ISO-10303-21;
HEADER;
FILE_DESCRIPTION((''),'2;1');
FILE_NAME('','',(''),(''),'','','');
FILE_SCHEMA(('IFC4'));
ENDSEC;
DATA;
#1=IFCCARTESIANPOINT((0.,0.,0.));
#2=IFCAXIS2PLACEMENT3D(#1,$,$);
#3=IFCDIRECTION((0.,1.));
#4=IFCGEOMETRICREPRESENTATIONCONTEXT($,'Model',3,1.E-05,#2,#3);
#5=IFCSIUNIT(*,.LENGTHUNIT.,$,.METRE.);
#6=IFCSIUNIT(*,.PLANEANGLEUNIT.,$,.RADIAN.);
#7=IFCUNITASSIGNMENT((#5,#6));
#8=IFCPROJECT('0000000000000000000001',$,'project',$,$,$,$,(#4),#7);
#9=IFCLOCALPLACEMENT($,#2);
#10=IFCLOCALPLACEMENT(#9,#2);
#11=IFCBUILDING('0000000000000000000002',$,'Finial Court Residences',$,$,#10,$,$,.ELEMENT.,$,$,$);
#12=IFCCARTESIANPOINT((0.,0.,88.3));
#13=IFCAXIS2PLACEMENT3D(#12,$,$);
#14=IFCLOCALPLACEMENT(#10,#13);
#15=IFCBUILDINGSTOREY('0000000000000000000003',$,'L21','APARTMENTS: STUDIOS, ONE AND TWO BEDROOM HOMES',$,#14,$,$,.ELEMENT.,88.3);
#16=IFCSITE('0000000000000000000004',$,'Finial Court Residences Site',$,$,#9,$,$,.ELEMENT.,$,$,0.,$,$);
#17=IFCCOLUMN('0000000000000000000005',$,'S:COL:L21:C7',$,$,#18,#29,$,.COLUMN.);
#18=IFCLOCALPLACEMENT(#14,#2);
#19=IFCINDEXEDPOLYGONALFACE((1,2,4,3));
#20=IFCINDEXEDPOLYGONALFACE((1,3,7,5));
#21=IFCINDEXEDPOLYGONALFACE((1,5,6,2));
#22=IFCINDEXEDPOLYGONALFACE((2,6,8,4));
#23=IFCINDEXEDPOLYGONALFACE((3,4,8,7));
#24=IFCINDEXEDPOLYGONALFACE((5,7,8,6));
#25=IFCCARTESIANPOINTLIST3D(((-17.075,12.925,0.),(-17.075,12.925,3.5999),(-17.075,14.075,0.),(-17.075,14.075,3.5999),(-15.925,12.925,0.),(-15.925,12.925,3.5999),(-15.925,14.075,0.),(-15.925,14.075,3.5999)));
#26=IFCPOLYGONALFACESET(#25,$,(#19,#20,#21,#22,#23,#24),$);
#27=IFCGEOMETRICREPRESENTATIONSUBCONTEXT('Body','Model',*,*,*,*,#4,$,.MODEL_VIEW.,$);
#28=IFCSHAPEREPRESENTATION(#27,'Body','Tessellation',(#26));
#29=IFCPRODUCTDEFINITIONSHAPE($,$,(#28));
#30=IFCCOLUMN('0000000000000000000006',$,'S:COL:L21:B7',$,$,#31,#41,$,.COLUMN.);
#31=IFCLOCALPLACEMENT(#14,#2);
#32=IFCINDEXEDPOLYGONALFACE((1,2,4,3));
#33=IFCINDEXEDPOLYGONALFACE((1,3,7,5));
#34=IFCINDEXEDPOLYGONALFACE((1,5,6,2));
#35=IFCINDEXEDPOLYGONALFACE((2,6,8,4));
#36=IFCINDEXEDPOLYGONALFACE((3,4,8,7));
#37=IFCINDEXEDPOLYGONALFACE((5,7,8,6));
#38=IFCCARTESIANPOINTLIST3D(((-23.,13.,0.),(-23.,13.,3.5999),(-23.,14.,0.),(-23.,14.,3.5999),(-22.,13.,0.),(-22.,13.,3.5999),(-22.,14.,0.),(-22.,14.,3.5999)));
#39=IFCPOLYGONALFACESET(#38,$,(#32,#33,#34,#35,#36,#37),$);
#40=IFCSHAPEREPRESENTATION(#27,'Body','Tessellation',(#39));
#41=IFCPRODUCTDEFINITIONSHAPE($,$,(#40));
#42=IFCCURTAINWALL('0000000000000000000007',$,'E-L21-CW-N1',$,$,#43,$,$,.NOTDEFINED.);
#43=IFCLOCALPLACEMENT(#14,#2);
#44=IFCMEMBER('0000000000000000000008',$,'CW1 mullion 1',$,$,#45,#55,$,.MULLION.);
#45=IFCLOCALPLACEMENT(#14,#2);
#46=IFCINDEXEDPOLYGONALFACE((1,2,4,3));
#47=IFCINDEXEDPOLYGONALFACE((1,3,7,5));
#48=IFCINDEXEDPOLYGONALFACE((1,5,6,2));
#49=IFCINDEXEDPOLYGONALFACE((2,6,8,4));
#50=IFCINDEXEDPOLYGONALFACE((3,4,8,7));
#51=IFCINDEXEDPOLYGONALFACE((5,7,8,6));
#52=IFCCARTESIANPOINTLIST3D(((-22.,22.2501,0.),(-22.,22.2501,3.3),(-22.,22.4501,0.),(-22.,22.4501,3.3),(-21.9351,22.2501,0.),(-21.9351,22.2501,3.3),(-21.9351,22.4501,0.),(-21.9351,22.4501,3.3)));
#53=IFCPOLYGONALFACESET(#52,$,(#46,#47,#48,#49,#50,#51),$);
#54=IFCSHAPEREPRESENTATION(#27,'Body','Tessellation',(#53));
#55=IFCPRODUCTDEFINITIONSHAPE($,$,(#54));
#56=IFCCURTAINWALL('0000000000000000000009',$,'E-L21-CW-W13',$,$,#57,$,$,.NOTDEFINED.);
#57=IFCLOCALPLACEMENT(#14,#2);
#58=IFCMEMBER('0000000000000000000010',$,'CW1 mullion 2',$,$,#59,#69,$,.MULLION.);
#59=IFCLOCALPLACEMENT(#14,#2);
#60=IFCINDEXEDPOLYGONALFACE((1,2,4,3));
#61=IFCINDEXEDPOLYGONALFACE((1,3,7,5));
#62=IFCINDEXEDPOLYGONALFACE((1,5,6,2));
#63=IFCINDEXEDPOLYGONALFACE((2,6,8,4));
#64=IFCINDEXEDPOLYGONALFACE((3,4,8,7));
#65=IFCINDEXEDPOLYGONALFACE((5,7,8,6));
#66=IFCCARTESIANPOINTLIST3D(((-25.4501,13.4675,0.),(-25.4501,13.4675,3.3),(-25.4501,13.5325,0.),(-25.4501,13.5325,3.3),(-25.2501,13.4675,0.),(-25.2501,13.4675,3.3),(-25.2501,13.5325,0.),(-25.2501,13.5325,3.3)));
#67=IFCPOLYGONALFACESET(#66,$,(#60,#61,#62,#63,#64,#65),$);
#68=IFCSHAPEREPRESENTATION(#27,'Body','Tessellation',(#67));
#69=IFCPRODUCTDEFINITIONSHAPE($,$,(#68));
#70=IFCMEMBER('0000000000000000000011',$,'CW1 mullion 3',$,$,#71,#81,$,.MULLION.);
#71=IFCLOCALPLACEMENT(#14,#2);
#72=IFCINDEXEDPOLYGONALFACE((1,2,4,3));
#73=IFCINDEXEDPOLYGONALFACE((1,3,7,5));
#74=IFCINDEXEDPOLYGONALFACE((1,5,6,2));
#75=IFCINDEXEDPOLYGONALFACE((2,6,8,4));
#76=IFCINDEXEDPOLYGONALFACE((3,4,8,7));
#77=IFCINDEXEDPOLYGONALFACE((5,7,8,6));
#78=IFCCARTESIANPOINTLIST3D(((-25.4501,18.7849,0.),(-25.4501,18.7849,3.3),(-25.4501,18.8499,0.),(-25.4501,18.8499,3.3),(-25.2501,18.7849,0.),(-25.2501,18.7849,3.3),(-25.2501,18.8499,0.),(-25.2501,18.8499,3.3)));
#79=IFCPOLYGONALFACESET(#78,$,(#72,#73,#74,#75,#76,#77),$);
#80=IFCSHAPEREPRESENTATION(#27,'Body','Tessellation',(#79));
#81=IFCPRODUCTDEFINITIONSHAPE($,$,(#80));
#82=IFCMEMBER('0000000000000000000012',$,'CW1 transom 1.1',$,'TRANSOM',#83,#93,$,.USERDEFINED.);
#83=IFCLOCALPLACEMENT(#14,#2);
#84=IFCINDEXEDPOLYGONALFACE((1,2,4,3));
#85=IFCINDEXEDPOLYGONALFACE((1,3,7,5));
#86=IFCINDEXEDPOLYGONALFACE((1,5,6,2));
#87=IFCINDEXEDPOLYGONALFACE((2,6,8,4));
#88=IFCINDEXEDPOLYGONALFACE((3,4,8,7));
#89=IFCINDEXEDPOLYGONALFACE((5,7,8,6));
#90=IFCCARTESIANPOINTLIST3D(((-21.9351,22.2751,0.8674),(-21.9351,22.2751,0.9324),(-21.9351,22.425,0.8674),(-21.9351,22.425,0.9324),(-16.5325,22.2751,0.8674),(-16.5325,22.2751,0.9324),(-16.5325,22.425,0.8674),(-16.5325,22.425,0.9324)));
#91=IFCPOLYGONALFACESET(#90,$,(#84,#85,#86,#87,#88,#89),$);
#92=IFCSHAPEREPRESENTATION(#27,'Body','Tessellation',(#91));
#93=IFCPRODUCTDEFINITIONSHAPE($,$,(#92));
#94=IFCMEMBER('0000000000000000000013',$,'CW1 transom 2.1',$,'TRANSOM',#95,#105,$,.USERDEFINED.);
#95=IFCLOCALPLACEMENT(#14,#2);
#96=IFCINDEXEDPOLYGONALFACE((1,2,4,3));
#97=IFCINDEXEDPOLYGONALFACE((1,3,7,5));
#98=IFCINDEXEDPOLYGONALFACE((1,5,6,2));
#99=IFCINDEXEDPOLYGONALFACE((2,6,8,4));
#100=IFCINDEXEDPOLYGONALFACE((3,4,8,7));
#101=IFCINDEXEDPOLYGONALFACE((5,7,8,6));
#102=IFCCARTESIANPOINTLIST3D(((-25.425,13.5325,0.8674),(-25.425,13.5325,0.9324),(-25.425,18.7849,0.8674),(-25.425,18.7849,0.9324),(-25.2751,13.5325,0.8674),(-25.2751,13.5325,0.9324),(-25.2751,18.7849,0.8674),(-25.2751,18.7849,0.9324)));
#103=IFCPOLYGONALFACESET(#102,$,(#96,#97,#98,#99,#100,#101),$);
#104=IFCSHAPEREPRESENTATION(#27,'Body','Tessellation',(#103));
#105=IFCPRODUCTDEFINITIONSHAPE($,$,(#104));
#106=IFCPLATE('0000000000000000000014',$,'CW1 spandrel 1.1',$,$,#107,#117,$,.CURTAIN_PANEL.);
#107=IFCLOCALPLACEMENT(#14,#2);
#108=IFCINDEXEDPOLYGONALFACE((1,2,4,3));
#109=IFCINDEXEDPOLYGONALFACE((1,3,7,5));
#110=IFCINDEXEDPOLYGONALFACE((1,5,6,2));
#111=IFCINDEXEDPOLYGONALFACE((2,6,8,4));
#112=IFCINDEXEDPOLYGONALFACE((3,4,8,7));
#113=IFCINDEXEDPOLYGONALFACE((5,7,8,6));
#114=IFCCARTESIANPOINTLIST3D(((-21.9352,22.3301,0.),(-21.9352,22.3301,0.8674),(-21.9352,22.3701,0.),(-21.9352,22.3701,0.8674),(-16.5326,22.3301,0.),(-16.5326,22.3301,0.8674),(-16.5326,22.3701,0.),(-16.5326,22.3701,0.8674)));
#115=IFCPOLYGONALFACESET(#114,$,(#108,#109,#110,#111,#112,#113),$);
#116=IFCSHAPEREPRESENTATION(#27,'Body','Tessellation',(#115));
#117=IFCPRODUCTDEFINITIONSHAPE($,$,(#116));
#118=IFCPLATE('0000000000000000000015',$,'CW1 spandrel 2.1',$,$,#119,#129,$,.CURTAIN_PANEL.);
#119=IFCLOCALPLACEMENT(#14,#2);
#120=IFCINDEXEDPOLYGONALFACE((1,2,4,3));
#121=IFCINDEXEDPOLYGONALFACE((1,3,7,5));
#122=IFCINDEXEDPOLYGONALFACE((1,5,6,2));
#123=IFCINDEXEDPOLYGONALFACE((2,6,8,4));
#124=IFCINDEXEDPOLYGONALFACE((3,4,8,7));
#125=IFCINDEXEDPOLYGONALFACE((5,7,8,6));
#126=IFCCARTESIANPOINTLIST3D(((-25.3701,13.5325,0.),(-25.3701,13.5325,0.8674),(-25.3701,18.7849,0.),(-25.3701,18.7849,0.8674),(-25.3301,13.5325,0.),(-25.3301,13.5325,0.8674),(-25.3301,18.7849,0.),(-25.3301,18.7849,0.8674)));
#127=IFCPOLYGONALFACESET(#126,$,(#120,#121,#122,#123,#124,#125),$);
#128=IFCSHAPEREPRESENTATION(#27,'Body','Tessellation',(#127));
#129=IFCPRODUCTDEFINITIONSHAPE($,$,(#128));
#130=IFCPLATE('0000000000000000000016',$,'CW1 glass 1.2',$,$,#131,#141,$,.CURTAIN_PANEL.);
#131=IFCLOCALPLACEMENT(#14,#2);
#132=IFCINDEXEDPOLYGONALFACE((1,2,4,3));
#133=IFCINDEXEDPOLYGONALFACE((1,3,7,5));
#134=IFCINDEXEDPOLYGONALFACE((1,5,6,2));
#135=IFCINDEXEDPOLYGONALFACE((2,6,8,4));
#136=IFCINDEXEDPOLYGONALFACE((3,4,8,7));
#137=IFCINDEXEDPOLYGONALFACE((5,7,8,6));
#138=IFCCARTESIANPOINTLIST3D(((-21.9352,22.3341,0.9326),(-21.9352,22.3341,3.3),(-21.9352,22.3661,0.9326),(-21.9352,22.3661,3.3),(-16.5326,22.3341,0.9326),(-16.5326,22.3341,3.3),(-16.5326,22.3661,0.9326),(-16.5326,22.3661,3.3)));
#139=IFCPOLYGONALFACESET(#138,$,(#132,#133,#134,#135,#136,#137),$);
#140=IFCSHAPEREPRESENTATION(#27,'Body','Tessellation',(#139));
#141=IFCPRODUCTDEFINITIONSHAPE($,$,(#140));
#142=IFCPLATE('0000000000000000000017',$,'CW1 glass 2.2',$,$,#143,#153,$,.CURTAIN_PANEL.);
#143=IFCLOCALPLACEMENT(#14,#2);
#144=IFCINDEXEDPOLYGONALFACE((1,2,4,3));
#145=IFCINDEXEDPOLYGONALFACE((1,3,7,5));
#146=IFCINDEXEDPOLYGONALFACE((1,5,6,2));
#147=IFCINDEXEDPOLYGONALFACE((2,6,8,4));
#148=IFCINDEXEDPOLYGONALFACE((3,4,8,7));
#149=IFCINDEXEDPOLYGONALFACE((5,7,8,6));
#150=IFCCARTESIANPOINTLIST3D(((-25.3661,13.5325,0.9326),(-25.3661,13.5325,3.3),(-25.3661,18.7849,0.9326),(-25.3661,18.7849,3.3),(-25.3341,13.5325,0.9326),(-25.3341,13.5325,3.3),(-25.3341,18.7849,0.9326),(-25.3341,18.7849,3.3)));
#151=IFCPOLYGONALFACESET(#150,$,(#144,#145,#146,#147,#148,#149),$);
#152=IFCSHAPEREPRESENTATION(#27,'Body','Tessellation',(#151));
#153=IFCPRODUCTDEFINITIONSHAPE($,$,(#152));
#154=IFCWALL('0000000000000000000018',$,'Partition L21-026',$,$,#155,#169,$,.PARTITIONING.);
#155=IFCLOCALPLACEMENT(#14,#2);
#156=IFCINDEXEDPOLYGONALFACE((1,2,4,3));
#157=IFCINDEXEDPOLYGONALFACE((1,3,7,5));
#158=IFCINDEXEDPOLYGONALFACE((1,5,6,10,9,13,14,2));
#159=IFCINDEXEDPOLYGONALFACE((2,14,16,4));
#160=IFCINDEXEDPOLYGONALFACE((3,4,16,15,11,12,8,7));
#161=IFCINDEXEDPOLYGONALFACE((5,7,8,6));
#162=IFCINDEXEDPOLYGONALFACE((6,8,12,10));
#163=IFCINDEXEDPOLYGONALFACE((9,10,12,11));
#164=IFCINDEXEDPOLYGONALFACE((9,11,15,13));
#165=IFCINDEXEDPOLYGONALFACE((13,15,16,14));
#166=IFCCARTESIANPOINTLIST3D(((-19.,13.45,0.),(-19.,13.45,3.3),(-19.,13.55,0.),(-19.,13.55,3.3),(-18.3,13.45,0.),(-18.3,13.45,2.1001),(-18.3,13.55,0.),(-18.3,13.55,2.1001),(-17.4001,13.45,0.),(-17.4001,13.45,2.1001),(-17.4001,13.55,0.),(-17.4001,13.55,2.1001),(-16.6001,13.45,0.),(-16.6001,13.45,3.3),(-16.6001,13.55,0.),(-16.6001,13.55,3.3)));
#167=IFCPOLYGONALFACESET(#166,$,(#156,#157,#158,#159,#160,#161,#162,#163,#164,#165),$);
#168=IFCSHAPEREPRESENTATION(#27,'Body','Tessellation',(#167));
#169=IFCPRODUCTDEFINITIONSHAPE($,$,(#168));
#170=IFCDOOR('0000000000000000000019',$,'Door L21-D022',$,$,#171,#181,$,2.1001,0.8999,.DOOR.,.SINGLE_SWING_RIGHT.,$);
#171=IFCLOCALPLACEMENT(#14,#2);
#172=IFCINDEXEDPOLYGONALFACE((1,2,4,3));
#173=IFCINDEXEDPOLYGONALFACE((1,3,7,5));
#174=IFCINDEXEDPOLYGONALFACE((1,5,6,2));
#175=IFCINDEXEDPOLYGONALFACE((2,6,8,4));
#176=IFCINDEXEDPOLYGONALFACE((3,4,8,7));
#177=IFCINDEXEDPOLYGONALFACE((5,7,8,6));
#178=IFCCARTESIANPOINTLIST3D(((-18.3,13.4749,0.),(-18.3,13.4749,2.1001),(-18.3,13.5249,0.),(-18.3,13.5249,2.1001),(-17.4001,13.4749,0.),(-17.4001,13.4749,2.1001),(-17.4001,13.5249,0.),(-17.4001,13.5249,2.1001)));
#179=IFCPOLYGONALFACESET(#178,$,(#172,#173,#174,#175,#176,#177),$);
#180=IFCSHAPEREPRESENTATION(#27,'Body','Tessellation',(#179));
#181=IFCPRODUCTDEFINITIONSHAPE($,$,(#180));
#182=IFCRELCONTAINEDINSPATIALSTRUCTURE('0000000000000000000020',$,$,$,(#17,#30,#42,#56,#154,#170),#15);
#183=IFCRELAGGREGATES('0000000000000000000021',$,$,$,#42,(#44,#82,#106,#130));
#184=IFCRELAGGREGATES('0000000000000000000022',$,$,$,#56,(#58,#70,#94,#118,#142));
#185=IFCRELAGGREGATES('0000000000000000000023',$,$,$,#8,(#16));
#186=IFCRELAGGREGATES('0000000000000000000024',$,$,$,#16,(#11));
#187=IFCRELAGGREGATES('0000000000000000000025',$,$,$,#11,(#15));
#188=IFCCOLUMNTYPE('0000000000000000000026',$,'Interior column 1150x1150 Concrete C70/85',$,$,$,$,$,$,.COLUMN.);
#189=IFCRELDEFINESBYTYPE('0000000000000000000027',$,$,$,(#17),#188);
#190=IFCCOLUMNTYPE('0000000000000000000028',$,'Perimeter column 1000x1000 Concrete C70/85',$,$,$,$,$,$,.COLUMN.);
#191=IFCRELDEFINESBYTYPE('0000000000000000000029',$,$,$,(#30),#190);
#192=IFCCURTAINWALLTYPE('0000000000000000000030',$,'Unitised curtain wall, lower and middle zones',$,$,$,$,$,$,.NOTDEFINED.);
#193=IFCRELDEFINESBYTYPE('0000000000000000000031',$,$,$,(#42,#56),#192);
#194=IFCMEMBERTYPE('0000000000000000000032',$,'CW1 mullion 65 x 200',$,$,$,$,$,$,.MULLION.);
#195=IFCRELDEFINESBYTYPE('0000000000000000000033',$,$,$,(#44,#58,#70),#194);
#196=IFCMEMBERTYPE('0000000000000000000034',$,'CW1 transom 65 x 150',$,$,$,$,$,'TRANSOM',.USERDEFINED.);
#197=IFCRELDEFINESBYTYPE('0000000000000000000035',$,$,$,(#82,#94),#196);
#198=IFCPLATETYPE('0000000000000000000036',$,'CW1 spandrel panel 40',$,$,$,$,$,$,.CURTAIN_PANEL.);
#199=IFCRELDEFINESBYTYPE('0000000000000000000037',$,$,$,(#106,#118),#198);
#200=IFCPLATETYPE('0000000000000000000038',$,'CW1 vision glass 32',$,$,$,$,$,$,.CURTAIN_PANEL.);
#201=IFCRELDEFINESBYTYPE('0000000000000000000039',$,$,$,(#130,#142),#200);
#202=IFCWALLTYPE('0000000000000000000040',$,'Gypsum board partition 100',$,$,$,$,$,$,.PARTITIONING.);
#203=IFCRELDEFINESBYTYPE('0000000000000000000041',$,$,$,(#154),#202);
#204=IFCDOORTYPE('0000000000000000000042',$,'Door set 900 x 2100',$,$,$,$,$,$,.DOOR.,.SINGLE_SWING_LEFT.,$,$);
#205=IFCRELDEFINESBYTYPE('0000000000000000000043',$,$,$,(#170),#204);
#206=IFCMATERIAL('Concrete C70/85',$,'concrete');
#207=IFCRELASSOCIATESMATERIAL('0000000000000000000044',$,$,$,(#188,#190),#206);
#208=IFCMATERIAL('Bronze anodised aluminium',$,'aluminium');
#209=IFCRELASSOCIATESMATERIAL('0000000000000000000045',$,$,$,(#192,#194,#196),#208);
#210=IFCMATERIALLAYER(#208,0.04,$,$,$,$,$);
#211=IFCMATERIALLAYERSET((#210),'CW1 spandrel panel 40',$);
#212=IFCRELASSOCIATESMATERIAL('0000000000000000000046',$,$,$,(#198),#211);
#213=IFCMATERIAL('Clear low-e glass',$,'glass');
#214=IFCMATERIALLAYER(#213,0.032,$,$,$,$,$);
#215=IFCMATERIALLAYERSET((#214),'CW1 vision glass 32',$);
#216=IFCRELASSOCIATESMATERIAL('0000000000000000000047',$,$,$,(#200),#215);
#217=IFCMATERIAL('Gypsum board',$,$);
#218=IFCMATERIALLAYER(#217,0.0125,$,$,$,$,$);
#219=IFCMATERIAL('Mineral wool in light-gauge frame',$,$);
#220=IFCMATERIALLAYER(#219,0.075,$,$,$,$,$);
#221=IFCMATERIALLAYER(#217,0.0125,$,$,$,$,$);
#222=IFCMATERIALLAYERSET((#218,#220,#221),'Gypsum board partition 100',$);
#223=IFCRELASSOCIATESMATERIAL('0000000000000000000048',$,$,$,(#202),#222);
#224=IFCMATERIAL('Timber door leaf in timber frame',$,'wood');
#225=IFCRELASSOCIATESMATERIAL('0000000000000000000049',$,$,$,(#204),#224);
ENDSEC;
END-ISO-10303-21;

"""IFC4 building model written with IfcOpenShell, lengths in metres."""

from ifc_helpers import new_model, si_unit, direction, frame, frame_2d, origin, origin_2d, place, context, subcontext, project, spatial, rectangle, extrude, material, layer, layer_set, material_profile, profile_set, type_object, element, fill, aggregate, save


model = new_model("IFC4")

# Units and contexts
model_context = context("Model", 3, precision=1e-05, world=origin(), true_north=direction((0.0, 1.0)))
body_context = subcontext(model_context, "Body", "Model", "MODEL_VIEW")
ifc_project = project(units=[si_unit("LENGTHUNIT", "METRE"), si_unit("PLANEANGLEUNIT", "RADIAN")], contexts=[model_context])

# Site, building, storey
site_placement = place(None, origin())
site = spatial("IfcSite", under=ifc_project, at=site_placement, Name="Finial Court Residences Site", CompositionType="ELEMENT", RefElevation=0.0)
building_placement = place(site_placement, origin())
building = spatial("IfcBuilding", under=site, at=building_placement, Name="Finial Court Residences", CompositionType="ELEMENT")
storey_placement = place(building_placement, frame((0.0, 0.0, 88.3)))
storey = spatial("IfcBuildingStorey", under=building, at=storey_placement, Name="L21", Description="APARTMENTS: STUDIOS, ONE AND TWO BEDROOM HOMES", CompositionType="ELEMENT", Elevation=88.3)

# Columns
ifc_material_1 = material(Name="Concrete C70/85", Category="concrete")
ifc_material_profile_1 = material_profile(ifc_material_1, rectangle(XDim=1.1499, YDim=1.1499, at=origin_2d()), Name="1150x1150")
ifc_profile_set_1 = profile_set([ifc_material_profile_1], Name="Concrete C70/85")
column_type_1 = type_object("IfcColumnType", Name="Interior column 1150x1150 Concrete C70/85", PredefinedType="COLUMN", material=ifc_profile_set_1)
column_1_placement = place(storey_placement, frame((-16.5, 13.5, 0.0), z_axis=(0.0, 0.0, 1.0), x_axis=(1.0, 0.0, 0.0)))
element("IfcColumn", 1, at=column_1_placement, inside=storey, type_object=column_type_1, Name="S:COL:L21:C7", PredefinedType="COLUMN", context=body_context, shape_type="SweptSolid", body=[
    extrude(rectangle(XDim=1.1499, YDim=1.1499, at=origin_2d()), origin(), (0.0, 0.0, 1.0), 3.5999),
])
ifc_material_profile_2 = material_profile(ifc_material_1, rectangle(XDim=1.0, YDim=1.0, at=origin_2d()), Name="1000x1000")
ifc_profile_set_2 = profile_set([ifc_material_profile_2], Name="Concrete C70/85")
column_type_2 = type_object("IfcColumnType", Name="Perimeter column 1000x1000 Concrete C70/85", PredefinedType="COLUMN", material=ifc_profile_set_2)
column_2_placement = place(storey_placement, frame((-22.5, 13.5, 0.0), z_axis=(0.0, 0.0, 1.0), x_axis=(1.0, 0.0, 0.0)))
element("IfcColumn", 2, at=column_2_placement, inside=storey, type_object=column_type_2, Name="S:COL:L21:B7", PredefinedType="COLUMN", context=body_context, shape_type="SweptSolid", body=[
    extrude(rectangle(XDim=1.0, YDim=1.0, at=origin_2d()), origin(), (0.0, 0.0, 1.0), 3.5999),
])

# Curtain wall, member
ifc_material_2 = material(Name="Bronze anodised aluminium", Category="aluminium")
curtain_wall_type = type_object("IfcCurtainWallType", Name="Unitised curtain wall, lower and middle zones", PredefinedType="NOTDEFINED", material=ifc_material_2)
curtain_wall_1_placement = place(storey_placement, origin())
curtain_wall_1 = element("IfcCurtainWall", 3, at=curtain_wall_1_placement, inside=storey, type_object=curtain_wall_type, Name="E-L21-CW-N1", PredefinedType="NOTDEFINED")
ifc_material_profile_3 = material_profile(ifc_material_2, rectangle(XDim=0.2, YDim=0.0649, at=origin_2d()), Name="CW1 mullion 65 x 200")
ifc_profile_set_3 = profile_set([ifc_material_profile_3], Name="Bronze anodised aluminium")
member_type_1 = type_object("IfcMemberType", Name="CW1 mullion 65 x 200", PredefinedType="MULLION", material=ifc_profile_set_3)
member_1_placement = place(storey_placement, frame((-21.9675, 22.3501, 0.0), z_axis=(0.0, 0.0, 1.0), x_axis=(0.0, 1.0, 0.0)))
member_1 = element("IfcMember", 4, at=member_1_placement, type_object=member_type_1, Name="CW1 mullion 1", PredefinedType="MULLION", context=body_context, shape_type="SweptSolid", body=[
    extrude(rectangle(XDim=0.2, YDim=0.0649, at=origin_2d()), origin(), (0.0, 0.0, 1.0), 3.3),
])

# Curtain wall, members
curtain_wall_2_placement = place(storey_placement, origin())
curtain_wall_2 = element("IfcCurtainWall", 5, at=curtain_wall_2_placement, inside=storey, type_object=curtain_wall_type, Name="E-L21-CW-W13", PredefinedType="NOTDEFINED")
member_2_placement = place(storey_placement, frame((-25.3501, 13.5, 0.0), z_axis=(0.0, 0.0, 1.0), x_axis=(-1.0, 0.0, 0.0)))
member_2 = element("IfcMember", 6, at=member_2_placement, type_object=member_type_1, Name="CW1 mullion 2", PredefinedType="MULLION", context=body_context, shape_type="SweptSolid", body=[
    extrude(rectangle(XDim=0.2, YDim=0.0649, at=origin_2d()), origin(), (0.0, 0.0, 1.0), 3.3),
])
member_3_placement = place(storey_placement, frame((-25.3501, 18.8174, 0.0), z_axis=(0.0, 0.0, 1.0), x_axis=(-1.0, 0.0, 0.0)))
member_3 = element("IfcMember", 7, at=member_3_placement, type_object=member_type_1, Name="CW1 mullion 3", PredefinedType="MULLION", context=body_context, shape_type="SweptSolid", body=[
    extrude(rectangle(XDim=0.2, YDim=0.0649, at=origin_2d()), origin(), (0.0, 0.0, 1.0), 3.3),
])

# Members
ifc_material_profile_4 = material_profile(ifc_material_2, rectangle(XDim=0.1499, YDim=0.0649, at=origin_2d()), Name="CW1 transom 65 x 150")
ifc_profile_set_4 = profile_set([ifc_material_profile_4], Name="Bronze anodised aluminium")
member_type_2 = type_object("IfcMemberType", Name="CW1 transom 65 x 150", ElementType="TRANSOM", PredefinedType="USERDEFINED", material=ifc_profile_set_4)
member_4_placement = place(storey_placement, frame((-21.9351, 22.3501, 0.8999), z_axis=(1.0, 0.0, 0.0), x_axis=(0.0, 1.0, 0.0)))
member_4 = element("IfcMember", 8, at=member_4_placement, type_object=member_type_2, Name="CW1 transom 1.1", ObjectType="TRANSOM", PredefinedType="USERDEFINED", context=body_context, shape_type="SweptSolid", body=[
    extrude(rectangle(XDim=0.1499, YDim=0.0649, at=origin_2d()), origin(), (0.0, 0.0, 1.0), 5.4026),
])
member_5_placement = place(storey_placement, frame((-25.3501, 13.5325, 0.8999), z_axis=(0.0, 1.0, 0.0), x_axis=(-1.0, 0.0, 0.0)))
member_5 = element("IfcMember", 9, at=member_5_placement, type_object=member_type_2, Name="CW1 transom 2.1", ObjectType="TRANSOM", PredefinedType="USERDEFINED", context=body_context, shape_type="SweptSolid", body=[
    extrude(rectangle(XDim=0.1499, YDim=0.0649, at=origin_2d()), origin(), (0.0, 0.0, 1.0), 5.2524),
])

# Plates
ifc_layer_1 = layer(ifc_material_2, 0.04)
ifc_layer_set_1 = layer_set([ifc_layer_1], Name="CW1 spandrel panel 40")
plate_type_1 = type_object("IfcPlateType", Name="CW1 spandrel panel 40", PredefinedType="CURTAIN_PANEL", material=ifc_layer_set_1)
plate_1_placement = place(storey_placement, frame((-19.2339, 22.3501, 0.0), z_axis=(0.0, 0.0, 1.0), x_axis=(1.0, 0.0, 0.0)))
plate_1 = element("IfcPlate", 10, at=plate_1_placement, type_object=plate_type_1, Name="CW1 spandrel 1.1", PredefinedType="CURTAIN_PANEL", context=body_context, shape_type="SweptSolid", body=[
    extrude(rectangle(XDim=5.4026, YDim=0.04, at=origin_2d()), origin(), (0.0, 0.0, 1.0), 0.8674),
])
plate_2_placement = place(storey_placement, frame((-25.3501, 16.1587, 0.0), z_axis=(0.0, 0.0, 1.0), x_axis=(0.0, 1.0, 0.0)))
plate_2 = element("IfcPlate", 11, at=plate_2_placement, type_object=plate_type_1, Name="CW1 spandrel 2.1", PredefinedType="CURTAIN_PANEL", context=body_context, shape_type="SweptSolid", body=[
    extrude(rectangle(XDim=5.2524, YDim=0.04, at=origin_2d()), origin(), (0.0, 0.0, 1.0), 0.8674),
])
ifc_material_3 = material(Name="Clear low-e glass", Category="glass")
ifc_layer_2 = layer(ifc_material_3, 0.032)
ifc_layer_set_2 = layer_set([ifc_layer_2], Name="CW1 vision glass 32")
plate_type_2 = type_object("IfcPlateType", Name="CW1 vision glass 32", PredefinedType="CURTAIN_PANEL", material=ifc_layer_set_2)
plate_3_placement = place(storey_placement, frame((-19.2339, 22.3501, 0.9326), z_axis=(0.0, 0.0, 1.0), x_axis=(1.0, 0.0, 0.0)))
plate_3 = element("IfcPlate", 12, at=plate_3_placement, type_object=plate_type_2, Name="CW1 glass 1.2", PredefinedType="CURTAIN_PANEL", context=body_context, shape_type="SweptSolid", body=[
    extrude(rectangle(XDim=5.4026, YDim=0.032, at=origin_2d()), origin(), (0.0, 0.0, 1.0), 2.3674),
])
aggregate(curtain_wall_1, [member_1, member_4, plate_1, plate_3])
plate_4_placement = place(storey_placement, frame((-25.3501, 16.1587, 0.9326), z_axis=(0.0, 0.0, 1.0), x_axis=(0.0, 1.0, 0.0)))
plate_4 = element("IfcPlate", 13, at=plate_4_placement, type_object=plate_type_2, Name="CW1 glass 2.2", PredefinedType="CURTAIN_PANEL", context=body_context, shape_type="SweptSolid", body=[
    extrude(rectangle(XDim=5.2524, YDim=0.032, at=origin_2d()), origin(), (0.0, 0.0, 1.0), 2.3674),
])
aggregate(curtain_wall_2, [member_2, member_3, member_5, plate_2, plate_4])

# Wall, opening, door
ifc_material_4 = material(Name="Gypsum board")
ifc_layer_3 = layer(ifc_material_4, 0.0125)
ifc_material_5 = material(Name="Mineral wool in light-gauge frame")
ifc_layer_4 = layer(ifc_material_5, 0.075)
ifc_layer_5 = layer(ifc_material_4, 0.0125)
ifc_layer_set_3 = layer_set([ifc_layer_3, ifc_layer_4, ifc_layer_5], Name="Gypsum board partition 100")
wall_type_1 = type_object("IfcWallType", Name="Gypsum board partition 100", PredefinedType="PARTITIONING", material=ifc_layer_set_3)
wall_1_placement = place(storey_placement, frame((-19.0, 13.5, 0.0), z_axis=(0.0, 0.0, 1.0), x_axis=(1.0, 0.0, 0.0)))
wall_1 = element("IfcWall", 14, at=wall_1_placement, inside=storey, type_object=wall_type_1, Name="Partition L21-026", PredefinedType="PARTITIONING", context=body_context, shape_type="SweptSolid", body=[
    extrude(rectangle(XDim=2.3999, YDim=0.1001, at=frame_2d((1.2, 0.0))), origin(), (0.0, 0.0, 1.0), 3.3),
])
opening_1_placement = place(wall_1_placement, frame((0.7, 0.0, 0.0)))
opening_1 = element("IfcOpeningElement", 15, at=opening_1_placement, cuts=wall_1, PredefinedType="OPENING", context=body_context, shape_type="SweptSolid", body=[
    extrude(rectangle(XDim=0.8999, YDim=2.1001, at=frame_2d((0.45, 1.05))), frame((0.0, 0.0601, 0.0), z_axis=(0.0, -1.0, 0.0), x_axis=(1.0, 0.0, 0.0)), (0.0, 0.0, 1.0), 0.1201),
])
ifc_material_6 = material(Name="Timber door leaf in timber frame", Category="wood")
door_type = type_object("IfcDoorType", Name="Door set 900 x 2100", OperationType="SINGLE_SWING_LEFT", PredefinedType="DOOR", material=ifc_material_6)
door_1_placement = place(opening_1_placement, origin())
door_1 = element("IfcDoor", 16, at=door_1_placement, inside=storey, type_object=door_type, Name="Door L21-D022", OperationType="SINGLE_SWING_RIGHT", OverallHeight=2.1001, OverallWidth=0.8999, PredefinedType="DOOR", context=body_context, shape_type="SweptSolid", body=[
    extrude(rectangle(XDim=0.8999, YDim=2.1001, at=frame_2d((0.45, 1.05))), frame((0.0, 0.0249, 0.0), z_axis=(0.0, -1.0, 0.0), x_axis=(1.0, 0.0, 0.0)), (0.0, 0.0, 1.0), 0.05),
])
fill(opening_1, door_1)

save(model, "model.ifc")
